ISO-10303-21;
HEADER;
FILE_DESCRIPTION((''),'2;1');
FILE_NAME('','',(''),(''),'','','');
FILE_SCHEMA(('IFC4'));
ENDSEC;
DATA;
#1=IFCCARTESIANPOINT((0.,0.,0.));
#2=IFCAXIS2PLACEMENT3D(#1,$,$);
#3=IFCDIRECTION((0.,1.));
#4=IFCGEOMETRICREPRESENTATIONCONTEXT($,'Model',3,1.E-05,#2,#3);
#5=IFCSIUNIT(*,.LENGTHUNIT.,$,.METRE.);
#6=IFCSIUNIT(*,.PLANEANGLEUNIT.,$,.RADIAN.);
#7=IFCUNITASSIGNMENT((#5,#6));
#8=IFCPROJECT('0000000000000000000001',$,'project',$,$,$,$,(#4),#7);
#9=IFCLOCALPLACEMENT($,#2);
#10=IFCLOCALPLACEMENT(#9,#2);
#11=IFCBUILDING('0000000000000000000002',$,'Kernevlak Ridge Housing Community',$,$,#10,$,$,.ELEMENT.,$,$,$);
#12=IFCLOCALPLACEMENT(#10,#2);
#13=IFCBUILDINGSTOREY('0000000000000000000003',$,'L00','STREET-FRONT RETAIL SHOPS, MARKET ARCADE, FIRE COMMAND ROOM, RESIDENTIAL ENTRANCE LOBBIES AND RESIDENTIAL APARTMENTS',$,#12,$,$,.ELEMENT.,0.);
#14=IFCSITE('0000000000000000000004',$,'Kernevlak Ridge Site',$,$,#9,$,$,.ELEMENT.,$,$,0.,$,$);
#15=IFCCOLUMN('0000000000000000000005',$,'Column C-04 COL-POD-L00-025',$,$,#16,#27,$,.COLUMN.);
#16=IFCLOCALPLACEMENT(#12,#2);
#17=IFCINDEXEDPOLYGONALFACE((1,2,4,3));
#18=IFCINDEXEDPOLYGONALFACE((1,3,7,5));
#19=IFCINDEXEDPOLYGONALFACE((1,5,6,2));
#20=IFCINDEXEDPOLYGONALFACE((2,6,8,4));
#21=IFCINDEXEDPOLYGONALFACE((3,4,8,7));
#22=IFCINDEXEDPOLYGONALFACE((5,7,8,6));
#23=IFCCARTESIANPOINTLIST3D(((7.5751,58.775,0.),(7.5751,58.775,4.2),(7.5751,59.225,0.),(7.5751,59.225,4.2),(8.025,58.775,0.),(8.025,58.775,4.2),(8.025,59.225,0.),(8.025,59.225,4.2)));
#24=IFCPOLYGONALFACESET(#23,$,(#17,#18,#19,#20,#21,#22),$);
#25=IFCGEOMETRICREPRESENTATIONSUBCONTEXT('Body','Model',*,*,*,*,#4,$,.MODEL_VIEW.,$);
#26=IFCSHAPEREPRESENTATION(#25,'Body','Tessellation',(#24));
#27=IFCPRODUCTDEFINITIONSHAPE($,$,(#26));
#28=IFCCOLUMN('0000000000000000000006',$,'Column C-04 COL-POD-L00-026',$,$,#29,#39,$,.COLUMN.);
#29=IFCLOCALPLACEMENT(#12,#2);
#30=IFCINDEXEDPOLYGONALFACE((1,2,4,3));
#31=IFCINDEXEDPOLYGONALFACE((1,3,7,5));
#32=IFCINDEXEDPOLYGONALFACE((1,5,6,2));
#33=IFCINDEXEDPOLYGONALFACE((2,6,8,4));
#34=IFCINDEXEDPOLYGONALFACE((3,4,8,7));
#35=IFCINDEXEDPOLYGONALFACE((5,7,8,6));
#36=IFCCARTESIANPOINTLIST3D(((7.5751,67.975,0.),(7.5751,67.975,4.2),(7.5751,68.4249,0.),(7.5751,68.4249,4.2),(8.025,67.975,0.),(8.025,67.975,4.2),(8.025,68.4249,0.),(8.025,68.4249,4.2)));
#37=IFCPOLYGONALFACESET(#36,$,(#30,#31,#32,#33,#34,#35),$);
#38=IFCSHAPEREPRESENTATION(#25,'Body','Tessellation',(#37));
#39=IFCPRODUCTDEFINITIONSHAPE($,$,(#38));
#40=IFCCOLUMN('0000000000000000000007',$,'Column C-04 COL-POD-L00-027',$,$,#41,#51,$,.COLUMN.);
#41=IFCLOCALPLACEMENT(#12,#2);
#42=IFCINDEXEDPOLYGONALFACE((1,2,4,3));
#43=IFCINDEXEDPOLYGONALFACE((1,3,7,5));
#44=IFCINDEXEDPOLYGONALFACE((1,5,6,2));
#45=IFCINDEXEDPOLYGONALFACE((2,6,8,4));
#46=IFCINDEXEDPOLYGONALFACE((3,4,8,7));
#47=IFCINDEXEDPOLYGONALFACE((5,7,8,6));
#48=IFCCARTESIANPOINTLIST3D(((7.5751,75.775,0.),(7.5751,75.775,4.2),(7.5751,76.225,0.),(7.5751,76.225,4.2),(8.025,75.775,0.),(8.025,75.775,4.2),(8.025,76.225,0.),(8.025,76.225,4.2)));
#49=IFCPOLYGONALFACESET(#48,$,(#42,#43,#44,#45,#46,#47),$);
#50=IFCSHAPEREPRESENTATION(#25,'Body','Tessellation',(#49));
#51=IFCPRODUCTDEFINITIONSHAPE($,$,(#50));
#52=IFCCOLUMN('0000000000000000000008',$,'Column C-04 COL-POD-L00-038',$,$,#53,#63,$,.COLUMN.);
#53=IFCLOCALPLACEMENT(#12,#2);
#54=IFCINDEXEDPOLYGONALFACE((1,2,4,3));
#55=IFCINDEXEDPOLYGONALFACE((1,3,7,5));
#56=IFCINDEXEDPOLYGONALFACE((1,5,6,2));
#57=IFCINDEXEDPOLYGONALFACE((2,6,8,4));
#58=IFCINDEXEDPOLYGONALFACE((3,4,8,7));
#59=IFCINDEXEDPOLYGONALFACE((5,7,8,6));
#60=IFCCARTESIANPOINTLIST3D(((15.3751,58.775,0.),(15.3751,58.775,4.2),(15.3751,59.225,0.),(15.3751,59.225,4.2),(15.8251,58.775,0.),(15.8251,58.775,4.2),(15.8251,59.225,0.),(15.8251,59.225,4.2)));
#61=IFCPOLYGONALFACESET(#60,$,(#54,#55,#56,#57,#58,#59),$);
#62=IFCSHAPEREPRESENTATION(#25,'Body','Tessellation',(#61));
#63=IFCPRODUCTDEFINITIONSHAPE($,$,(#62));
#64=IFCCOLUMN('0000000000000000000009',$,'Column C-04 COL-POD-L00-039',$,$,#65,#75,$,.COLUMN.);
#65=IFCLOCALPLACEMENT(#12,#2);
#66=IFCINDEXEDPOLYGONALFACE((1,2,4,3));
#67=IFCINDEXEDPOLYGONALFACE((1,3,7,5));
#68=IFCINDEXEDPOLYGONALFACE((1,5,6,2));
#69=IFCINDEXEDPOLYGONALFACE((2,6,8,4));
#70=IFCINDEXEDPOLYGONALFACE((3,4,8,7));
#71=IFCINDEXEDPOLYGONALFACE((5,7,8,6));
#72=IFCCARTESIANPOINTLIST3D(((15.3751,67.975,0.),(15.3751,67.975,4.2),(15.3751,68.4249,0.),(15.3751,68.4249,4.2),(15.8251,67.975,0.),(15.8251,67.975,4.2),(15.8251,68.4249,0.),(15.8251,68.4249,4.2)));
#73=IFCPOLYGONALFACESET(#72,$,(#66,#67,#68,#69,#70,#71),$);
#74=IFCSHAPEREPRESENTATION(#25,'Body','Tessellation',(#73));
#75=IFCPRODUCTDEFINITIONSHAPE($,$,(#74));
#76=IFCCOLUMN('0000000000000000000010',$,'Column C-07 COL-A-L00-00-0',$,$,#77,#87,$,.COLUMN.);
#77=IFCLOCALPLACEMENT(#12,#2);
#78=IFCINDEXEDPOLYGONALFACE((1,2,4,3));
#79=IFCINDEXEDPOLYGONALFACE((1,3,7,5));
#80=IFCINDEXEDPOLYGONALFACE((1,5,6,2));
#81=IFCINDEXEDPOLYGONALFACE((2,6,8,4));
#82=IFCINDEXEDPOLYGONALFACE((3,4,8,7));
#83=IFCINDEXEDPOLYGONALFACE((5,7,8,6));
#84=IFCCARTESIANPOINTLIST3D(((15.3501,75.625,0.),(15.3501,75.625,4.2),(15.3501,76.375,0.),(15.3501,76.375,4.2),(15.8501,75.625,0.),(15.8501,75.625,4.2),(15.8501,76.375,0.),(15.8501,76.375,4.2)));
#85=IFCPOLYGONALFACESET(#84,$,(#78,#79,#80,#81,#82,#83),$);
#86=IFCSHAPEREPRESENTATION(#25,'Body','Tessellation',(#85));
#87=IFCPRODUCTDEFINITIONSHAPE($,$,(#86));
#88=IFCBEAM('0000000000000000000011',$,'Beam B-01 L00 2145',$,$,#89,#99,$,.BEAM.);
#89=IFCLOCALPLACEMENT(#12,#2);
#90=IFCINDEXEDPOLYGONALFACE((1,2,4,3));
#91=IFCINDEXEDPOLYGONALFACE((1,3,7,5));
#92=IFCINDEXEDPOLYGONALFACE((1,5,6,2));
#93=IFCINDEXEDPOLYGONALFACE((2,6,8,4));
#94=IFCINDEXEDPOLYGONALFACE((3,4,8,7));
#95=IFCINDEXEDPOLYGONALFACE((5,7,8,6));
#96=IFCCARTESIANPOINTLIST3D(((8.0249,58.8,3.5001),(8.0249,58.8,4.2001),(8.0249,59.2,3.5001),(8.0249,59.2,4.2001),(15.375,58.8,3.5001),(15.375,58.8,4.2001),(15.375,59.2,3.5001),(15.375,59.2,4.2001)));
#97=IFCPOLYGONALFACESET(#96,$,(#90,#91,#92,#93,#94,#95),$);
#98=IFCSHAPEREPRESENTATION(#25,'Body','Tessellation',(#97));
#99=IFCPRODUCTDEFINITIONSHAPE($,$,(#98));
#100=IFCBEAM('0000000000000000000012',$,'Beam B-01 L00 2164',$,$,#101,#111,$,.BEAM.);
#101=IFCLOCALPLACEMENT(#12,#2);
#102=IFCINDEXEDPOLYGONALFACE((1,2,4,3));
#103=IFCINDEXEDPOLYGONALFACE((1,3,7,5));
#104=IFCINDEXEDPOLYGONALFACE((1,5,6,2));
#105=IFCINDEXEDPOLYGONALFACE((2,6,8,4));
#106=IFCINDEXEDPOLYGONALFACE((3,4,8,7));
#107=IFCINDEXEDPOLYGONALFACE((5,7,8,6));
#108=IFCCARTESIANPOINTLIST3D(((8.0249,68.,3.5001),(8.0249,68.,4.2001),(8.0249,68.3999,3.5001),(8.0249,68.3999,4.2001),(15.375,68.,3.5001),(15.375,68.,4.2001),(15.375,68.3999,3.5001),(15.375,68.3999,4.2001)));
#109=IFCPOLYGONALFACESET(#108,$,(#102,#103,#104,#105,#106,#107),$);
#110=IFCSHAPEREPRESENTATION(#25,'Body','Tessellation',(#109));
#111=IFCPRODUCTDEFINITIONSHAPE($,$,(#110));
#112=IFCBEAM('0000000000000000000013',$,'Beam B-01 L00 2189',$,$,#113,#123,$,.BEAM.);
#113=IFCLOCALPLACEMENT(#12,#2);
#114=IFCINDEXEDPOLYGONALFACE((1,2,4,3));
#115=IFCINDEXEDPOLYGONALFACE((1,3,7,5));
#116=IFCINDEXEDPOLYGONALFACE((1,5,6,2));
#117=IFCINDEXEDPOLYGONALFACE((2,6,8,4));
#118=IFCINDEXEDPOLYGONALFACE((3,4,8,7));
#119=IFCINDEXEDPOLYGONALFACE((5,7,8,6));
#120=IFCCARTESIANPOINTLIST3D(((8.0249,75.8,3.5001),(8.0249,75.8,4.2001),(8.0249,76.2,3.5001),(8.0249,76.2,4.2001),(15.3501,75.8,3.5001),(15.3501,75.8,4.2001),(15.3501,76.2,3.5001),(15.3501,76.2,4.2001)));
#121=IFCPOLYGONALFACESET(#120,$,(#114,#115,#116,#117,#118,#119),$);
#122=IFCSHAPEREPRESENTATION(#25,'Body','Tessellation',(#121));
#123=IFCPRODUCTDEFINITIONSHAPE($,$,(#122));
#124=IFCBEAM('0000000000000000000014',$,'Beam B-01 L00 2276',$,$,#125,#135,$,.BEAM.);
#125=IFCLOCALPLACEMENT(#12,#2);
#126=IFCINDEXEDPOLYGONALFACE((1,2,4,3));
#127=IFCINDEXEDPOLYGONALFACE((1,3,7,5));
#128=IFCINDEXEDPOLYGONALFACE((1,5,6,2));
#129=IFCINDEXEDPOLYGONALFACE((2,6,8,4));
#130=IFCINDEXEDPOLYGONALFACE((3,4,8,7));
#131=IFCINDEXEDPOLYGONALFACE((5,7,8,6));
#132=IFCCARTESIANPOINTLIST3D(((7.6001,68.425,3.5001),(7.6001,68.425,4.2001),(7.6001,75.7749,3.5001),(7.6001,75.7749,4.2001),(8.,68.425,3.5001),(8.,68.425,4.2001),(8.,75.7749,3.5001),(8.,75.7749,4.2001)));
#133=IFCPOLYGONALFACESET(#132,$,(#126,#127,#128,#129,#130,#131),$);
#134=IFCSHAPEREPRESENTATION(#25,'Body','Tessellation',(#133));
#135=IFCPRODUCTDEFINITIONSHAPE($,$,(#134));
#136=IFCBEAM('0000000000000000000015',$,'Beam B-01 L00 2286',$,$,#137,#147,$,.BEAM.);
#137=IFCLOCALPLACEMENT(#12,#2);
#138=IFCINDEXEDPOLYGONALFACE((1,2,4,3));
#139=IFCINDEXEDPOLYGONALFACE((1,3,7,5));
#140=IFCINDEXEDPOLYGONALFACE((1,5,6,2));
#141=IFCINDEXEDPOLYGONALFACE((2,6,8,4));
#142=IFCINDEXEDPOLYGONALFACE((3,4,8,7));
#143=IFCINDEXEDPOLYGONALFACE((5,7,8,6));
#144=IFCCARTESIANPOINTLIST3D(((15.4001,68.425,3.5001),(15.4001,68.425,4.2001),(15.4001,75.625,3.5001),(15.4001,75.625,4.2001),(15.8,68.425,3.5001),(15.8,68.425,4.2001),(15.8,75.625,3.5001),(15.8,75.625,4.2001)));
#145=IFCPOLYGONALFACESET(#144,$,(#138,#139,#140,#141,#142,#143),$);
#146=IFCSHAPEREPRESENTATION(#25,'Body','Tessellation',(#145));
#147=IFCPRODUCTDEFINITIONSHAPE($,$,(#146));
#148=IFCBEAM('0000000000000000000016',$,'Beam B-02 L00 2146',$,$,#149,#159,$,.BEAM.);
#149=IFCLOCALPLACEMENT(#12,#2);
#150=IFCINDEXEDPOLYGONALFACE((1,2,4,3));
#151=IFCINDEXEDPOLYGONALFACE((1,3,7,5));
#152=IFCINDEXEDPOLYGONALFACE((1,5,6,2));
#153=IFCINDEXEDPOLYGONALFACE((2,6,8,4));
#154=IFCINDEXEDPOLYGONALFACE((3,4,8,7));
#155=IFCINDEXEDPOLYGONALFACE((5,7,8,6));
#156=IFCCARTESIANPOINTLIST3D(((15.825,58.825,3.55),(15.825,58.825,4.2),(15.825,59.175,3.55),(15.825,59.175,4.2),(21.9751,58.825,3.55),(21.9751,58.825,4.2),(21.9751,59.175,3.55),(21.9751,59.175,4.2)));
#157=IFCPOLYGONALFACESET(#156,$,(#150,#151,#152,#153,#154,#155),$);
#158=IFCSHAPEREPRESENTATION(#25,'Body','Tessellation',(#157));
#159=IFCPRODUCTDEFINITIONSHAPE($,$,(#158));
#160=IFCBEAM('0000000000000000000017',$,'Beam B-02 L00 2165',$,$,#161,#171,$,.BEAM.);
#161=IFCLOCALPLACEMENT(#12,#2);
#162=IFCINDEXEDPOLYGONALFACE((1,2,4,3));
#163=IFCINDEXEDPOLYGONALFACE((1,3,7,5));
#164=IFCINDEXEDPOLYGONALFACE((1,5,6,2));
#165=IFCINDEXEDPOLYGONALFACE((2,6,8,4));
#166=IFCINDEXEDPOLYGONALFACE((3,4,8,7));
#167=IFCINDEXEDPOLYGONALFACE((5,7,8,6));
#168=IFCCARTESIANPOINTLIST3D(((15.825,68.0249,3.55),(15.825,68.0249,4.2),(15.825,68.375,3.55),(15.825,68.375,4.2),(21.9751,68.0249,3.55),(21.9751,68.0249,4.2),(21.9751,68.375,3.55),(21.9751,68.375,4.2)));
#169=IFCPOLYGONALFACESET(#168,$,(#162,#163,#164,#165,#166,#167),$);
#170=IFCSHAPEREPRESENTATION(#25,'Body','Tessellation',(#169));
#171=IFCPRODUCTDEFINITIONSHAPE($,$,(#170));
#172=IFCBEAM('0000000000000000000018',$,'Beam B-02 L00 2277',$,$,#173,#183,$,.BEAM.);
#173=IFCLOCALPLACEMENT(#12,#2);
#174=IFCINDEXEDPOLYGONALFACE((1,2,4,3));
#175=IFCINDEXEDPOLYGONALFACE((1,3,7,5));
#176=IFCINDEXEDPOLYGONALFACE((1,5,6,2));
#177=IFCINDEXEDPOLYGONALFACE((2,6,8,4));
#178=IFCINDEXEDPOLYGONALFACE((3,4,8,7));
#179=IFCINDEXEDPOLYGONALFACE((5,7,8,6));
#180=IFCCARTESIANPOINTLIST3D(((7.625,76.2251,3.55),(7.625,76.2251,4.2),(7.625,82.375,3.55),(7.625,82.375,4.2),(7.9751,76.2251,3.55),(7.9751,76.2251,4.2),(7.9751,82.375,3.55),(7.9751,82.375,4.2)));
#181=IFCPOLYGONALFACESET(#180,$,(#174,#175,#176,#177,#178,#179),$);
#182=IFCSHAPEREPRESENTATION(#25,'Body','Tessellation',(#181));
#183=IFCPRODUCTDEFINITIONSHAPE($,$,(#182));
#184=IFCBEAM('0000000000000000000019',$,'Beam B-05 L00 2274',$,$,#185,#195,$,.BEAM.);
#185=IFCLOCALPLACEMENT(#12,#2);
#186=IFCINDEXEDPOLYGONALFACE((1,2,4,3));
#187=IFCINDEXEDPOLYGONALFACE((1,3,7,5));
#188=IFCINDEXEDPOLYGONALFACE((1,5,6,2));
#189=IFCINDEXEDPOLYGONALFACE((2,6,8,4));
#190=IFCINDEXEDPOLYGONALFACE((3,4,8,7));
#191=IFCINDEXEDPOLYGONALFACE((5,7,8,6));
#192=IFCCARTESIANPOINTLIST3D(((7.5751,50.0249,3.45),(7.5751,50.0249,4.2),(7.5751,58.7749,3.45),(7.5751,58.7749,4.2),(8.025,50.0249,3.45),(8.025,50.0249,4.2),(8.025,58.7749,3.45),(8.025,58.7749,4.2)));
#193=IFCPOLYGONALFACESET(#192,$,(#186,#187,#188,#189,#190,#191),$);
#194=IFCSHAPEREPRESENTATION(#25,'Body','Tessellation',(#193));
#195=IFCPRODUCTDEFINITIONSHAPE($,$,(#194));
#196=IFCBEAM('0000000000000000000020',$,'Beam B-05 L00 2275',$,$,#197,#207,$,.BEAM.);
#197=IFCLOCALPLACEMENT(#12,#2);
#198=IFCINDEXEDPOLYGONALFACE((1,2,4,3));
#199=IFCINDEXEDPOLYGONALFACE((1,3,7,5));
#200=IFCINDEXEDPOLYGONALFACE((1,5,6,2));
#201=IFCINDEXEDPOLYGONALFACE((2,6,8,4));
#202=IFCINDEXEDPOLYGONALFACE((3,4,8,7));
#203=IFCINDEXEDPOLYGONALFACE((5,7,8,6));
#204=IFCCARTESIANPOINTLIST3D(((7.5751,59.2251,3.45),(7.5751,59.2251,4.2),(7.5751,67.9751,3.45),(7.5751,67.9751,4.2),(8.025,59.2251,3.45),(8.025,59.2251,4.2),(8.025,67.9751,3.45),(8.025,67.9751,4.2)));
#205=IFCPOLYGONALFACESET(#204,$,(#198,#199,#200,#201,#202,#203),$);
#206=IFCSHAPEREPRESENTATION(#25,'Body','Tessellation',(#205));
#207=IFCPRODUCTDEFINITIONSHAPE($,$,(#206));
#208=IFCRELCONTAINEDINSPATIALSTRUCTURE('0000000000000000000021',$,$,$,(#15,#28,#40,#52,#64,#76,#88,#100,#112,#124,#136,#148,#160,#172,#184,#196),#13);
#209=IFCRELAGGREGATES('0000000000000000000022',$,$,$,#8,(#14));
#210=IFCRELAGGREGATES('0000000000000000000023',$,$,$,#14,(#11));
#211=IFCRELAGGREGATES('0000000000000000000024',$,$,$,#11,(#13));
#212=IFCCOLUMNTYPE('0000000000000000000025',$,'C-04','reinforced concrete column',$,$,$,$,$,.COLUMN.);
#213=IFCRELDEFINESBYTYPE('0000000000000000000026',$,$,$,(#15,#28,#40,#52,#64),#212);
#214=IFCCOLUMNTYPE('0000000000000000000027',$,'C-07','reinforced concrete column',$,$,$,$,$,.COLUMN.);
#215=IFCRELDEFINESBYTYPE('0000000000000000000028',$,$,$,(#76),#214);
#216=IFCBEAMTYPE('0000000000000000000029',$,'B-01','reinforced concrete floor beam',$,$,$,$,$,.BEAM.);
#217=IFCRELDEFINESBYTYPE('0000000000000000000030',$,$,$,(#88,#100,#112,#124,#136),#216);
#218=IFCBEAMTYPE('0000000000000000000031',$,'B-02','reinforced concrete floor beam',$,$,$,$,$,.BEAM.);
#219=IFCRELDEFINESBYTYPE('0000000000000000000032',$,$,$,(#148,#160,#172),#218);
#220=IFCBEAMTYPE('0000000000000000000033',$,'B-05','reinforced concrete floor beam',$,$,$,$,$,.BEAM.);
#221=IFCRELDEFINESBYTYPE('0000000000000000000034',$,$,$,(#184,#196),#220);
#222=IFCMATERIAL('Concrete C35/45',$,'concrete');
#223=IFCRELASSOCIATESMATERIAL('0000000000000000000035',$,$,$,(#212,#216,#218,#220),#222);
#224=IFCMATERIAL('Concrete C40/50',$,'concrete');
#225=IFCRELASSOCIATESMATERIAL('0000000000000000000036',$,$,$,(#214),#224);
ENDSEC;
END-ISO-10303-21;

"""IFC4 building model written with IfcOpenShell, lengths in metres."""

from ifc_helpers import new_model, si_unit, direction, frame, origin, origin_2d, place, context, subcontext, project, spatial, rectangle, extrude, material, material_profile, profile_set, type_object, element, save


model = new_model("IFC4")

# Units and contexts
model_context = context("Model", 3, precision=1e-05, world=origin(), true_north=direction((0.0, 1.0)))
body_context = subcontext(model_context, "Body", "Model", "MODEL_VIEW")
ifc_project = project(units=[si_unit("LENGTHUNIT", "METRE"), si_unit("PLANEANGLEUNIT", "RADIAN")], contexts=[model_context])

# Site, building, storey
site_placement = place(None, origin())
site = spatial("IfcSite", under=ifc_project, at=site_placement, Name="Kernevlak Ridge Site", CompositionType="ELEMENT", RefElevation=0.0)
building_placement = place(site_placement, origin())
building = spatial("IfcBuilding", under=site, at=building_placement, Name="Kernevlak Ridge Housing Community", CompositionType="ELEMENT")
storey_placement = place(building_placement, origin())
storey = spatial("IfcBuildingStorey", under=building, at=storey_placement, Name="L00", Description="STREET-FRONT RETAIL SHOPS, MARKET ARCADE, FIRE COMMAND ROOM, RESIDENTIAL ENTRANCE LOBBIES AND RESIDENTIAL APARTMENTS", CompositionType="ELEMENT", Elevation=0.0)

# Columns
ifc_material_1 = material(Name="Concrete C35/45", Category="concrete")
ifc_material_profile_1 = material_profile(ifc_material_1, rectangle(XDim=0.45, YDim=0.45, at=origin_2d()), Name="RC 450x450")
ifc_profile_set_1 = profile_set([ifc_material_profile_1], Name="Concrete C35/45")
column_type_1 = type_object("IfcColumnType", Name="C-04", Description="reinforced concrete column", PredefinedType="COLUMN", material=ifc_profile_set_1)
for number, where, z_axis, x_axis, name in (
    (1, (7.8, 59.0, 0.0), (0.0, 0.0, 1.0), (1.0, 0.0, 0.0), "Column C-04 COL-POD-L00-025"),
    (2, (7.8, 68.2, 0.0), (0.0, 0.0, 1.0), (1.0, 0.0, 0.0), "Column C-04 COL-POD-L00-026"),
    (3, (7.8, 76.0, 0.0), (0.0, 0.0, 1.0), (1.0, 0.0, 0.0), "Column C-04 COL-POD-L00-027"),
    (4, (15.6001, 59.0, 0.0), (0.0, 0.0, 1.0), (1.0, 0.0, 0.0), "Column C-04 COL-POD-L00-038"),
    (5, (15.6001, 68.2, 0.0), (0.0, 0.0, 1.0), (1.0, 0.0, 0.0), "Column C-04 COL-POD-L00-039"),
):
    element("IfcColumn", number, at=place(storey_placement, frame(where, z_axis=z_axis, x_axis=x_axis)), inside=storey, type_object=column_type_1, Name=name, PredefinedType="COLUMN", context=body_context, shape_type="SweptSolid", body=[
        extrude(rectangle(XDim=0.45, YDim=0.45, at=origin_2d()), origin(), (0.0, 0.0, 1.0), 4.2),
    ])
ifc_material_2 = material(Name="Concrete C40/50", Category="concrete")
ifc_material_profile_2 = material_profile(ifc_material_2, rectangle(XDim=0.5, YDim=0.75, at=origin_2d()), Name="RC 500x750")
ifc_profile_set_2 = profile_set([ifc_material_profile_2], Name="Concrete C40/50")
column_type_2 = type_object("IfcColumnType", Name="C-07", Description="reinforced concrete column", PredefinedType="COLUMN", material=ifc_profile_set_2)
column_placement = place(storey_placement, frame((15.6001, 76.0, 0.0), z_axis=(0.0, 0.0, 1.0), x_axis=(1.0, 0.0, 0.0)))
element("IfcColumn", 6, at=column_placement, inside=storey, type_object=column_type_2, Name="Column C-07 COL-A-L00-00-0", PredefinedType="COLUMN", context=body_context, shape_type="SweptSolid", body=[
    extrude(rectangle(XDim=0.5, YDim=0.75, at=origin_2d()), origin(), (0.0, 0.0, 1.0), 4.2),
])

# Beams
ifc_material_profile_3 = material_profile(ifc_material_1, rectangle(XDim=0.3999, YDim=0.7, at=origin_2d()), Name="RC 400x700")
ifc_profile_set_3 = profile_set([ifc_material_profile_3], Name="Concrete C35/45")
beam_type_1 = type_object("IfcBeamType", Name="B-01", Description="reinforced concrete floor beam", PredefinedType="BEAM", material=ifc_profile_set_3)
for number, where, z_axis, x_axis, name in (
    (7, (8.0249, 59.0, 3.8501), (1.0, 0.0, 0.0), (0.0, 1.0, 0.0), "Beam B-01 L00 2145"),
    (8, (8.0249, 68.2, 3.8501), (1.0, 0.0, 0.0), (0.0, 1.0, 0.0), "Beam B-01 L00 2164"),
):
    element("IfcBeam", number, at=place(storey_placement, frame(where, z_axis=z_axis, x_axis=x_axis)), inside=storey, type_object=beam_type_1, Name=name, PredefinedType="BEAM", context=body_context, shape_type="SweptSolid", body=[
        extrude(rectangle(XDim=0.3999, YDim=0.7, at=origin_2d()), origin(), (0.0, 0.0, 1.0), 7.3501),
    ])
beam_1_placement = place(storey_placement, frame((8.0249, 76.0, 3.8501), z_axis=(1.0, 0.0, 0.0), x_axis=(0.0, 1.0, 0.0)))
element("IfcBeam", 9, at=beam_1_placement, inside=storey, type_object=beam_type_1, Name="Beam B-01 L00 2189", PredefinedType="BEAM", context=body_context, shape_type="SweptSolid", body=[
    extrude(rectangle(XDim=0.3999, YDim=0.7, at=origin_2d()), origin(), (0.0, 0.0, 1.0), 7.3252),
])
beam_2_placement = place(storey_placement, frame((7.8, 68.425, 3.8501), z_axis=(0.0, 1.0, 0.0), x_axis=(-1.0, 0.0, 0.0)))
element("IfcBeam", 10, at=beam_2_placement, inside=storey, type_object=beam_type_1, Name="Beam B-01 L00 2276", PredefinedType="BEAM", context=body_context, shape_type="SweptSolid", body=[
    extrude(rectangle(XDim=0.3999, YDim=0.7, at=origin_2d()), origin(), (0.0, 0.0, 1.0), 7.3499),
])
beam_3_placement = place(storey_placement, frame((15.6001, 68.425, 3.8501), z_axis=(0.0, 1.0, 0.0), x_axis=(-1.0, 0.0, 0.0)))
element("IfcBeam", 11, at=beam_3_placement, inside=storey, type_object=beam_type_1, Name="Beam B-01 L00 2286", PredefinedType="BEAM", context=body_context, shape_type="SweptSolid", body=[
    extrude(rectangle(XDim=0.3999, YDim=0.7, at=origin_2d()), origin(), (0.0, 0.0, 1.0), 7.2),
])
ifc_material_profile_4 = material_profile(ifc_material_1, rectangle(XDim=0.3501, YDim=0.6499, at=origin_2d()), Name="RC 350x650")
ifc_profile_set_4 = profile_set([ifc_material_profile_4], Name="Concrete C35/45")
beam_type_2 = type_object("IfcBeamType", Name="B-02", Description="reinforced concrete floor beam", PredefinedType="BEAM", material=ifc_profile_set_4)
for number, where, z_axis, x_axis, name in (
    (12, (15.825, 59.0, 3.875), (1.0, 0.0, 0.0), (0.0, 1.0, 0.0), "Beam B-02 L00 2146"),
    (13, (15.825, 68.2, 3.875), (1.0, 0.0, 0.0), (0.0, 1.0, 0.0), "Beam B-02 L00 2165"),
):
    element("IfcBeam", number, at=place(storey_placement, frame(where, z_axis=z_axis, x_axis=x_axis)), inside=storey, type_object=beam_type_2, Name=name, PredefinedType="BEAM", context=body_context, shape_type="SweptSolid", body=[
        extrude(rectangle(XDim=0.3501, YDim=0.6499, at=origin_2d()), origin(), (0.0, 0.0, 1.0), 6.1501),
    ])
beam_4_placement = place(storey_placement, frame((7.8, 76.2251, 3.875), z_axis=(0.0, 1.0, 0.0), x_axis=(-1.0, 0.0, 0.0)))
element("IfcBeam", 14, at=beam_4_placement, inside=storey, type_object=beam_type_2, Name="Beam B-02 L00 2277", PredefinedType="BEAM", context=body_context, shape_type="SweptSolid", body=[
    extrude(rectangle(XDim=0.3501, YDim=0.6499, at=origin_2d()), origin(), (0.0, 0.0, 1.0), 6.1499),
])
ifc_material_profile_5 = material_profile(ifc_material_1, rectangle(XDim=0.45, YDim=0.75, at=origin_2d()), Name="RC 450x750")
ifc_profile_set_5 = profile_set([ifc_material_profile_5], Name="Concrete C35/45")
beam_type_3 = type_object("IfcBeamType", Name="B-05", Description="reinforced concrete floor beam", PredefinedType="BEAM", material=ifc_profile_set_5)
for number, where, z_axis, x_axis, name in (
    (15, (7.8, 50.0249, 3.825), (0.0, 1.0, 0.0), (-1.0, 0.0, 0.0), "Beam B-05 L00 2274"),
    (16, (7.8, 59.2251, 3.825), (0.0, 1.0, 0.0), (-1.0, 0.0, 0.0), "Beam B-05 L00 2275"),
):
    element("IfcBeam", number, at=place(storey_placement, frame(where, z_axis=z_axis, x_axis=x_axis)), inside=storey, type_object=beam_type_3, Name=name, PredefinedType="BEAM", context=body_context, shape_type="SweptSolid", body=[
        extrude(rectangle(XDim=0.45, YDim=0.75, at=origin_2d()), origin(), (0.0, 0.0, 1.0), 8.75),
    ])

save(model, "model.ifc")
